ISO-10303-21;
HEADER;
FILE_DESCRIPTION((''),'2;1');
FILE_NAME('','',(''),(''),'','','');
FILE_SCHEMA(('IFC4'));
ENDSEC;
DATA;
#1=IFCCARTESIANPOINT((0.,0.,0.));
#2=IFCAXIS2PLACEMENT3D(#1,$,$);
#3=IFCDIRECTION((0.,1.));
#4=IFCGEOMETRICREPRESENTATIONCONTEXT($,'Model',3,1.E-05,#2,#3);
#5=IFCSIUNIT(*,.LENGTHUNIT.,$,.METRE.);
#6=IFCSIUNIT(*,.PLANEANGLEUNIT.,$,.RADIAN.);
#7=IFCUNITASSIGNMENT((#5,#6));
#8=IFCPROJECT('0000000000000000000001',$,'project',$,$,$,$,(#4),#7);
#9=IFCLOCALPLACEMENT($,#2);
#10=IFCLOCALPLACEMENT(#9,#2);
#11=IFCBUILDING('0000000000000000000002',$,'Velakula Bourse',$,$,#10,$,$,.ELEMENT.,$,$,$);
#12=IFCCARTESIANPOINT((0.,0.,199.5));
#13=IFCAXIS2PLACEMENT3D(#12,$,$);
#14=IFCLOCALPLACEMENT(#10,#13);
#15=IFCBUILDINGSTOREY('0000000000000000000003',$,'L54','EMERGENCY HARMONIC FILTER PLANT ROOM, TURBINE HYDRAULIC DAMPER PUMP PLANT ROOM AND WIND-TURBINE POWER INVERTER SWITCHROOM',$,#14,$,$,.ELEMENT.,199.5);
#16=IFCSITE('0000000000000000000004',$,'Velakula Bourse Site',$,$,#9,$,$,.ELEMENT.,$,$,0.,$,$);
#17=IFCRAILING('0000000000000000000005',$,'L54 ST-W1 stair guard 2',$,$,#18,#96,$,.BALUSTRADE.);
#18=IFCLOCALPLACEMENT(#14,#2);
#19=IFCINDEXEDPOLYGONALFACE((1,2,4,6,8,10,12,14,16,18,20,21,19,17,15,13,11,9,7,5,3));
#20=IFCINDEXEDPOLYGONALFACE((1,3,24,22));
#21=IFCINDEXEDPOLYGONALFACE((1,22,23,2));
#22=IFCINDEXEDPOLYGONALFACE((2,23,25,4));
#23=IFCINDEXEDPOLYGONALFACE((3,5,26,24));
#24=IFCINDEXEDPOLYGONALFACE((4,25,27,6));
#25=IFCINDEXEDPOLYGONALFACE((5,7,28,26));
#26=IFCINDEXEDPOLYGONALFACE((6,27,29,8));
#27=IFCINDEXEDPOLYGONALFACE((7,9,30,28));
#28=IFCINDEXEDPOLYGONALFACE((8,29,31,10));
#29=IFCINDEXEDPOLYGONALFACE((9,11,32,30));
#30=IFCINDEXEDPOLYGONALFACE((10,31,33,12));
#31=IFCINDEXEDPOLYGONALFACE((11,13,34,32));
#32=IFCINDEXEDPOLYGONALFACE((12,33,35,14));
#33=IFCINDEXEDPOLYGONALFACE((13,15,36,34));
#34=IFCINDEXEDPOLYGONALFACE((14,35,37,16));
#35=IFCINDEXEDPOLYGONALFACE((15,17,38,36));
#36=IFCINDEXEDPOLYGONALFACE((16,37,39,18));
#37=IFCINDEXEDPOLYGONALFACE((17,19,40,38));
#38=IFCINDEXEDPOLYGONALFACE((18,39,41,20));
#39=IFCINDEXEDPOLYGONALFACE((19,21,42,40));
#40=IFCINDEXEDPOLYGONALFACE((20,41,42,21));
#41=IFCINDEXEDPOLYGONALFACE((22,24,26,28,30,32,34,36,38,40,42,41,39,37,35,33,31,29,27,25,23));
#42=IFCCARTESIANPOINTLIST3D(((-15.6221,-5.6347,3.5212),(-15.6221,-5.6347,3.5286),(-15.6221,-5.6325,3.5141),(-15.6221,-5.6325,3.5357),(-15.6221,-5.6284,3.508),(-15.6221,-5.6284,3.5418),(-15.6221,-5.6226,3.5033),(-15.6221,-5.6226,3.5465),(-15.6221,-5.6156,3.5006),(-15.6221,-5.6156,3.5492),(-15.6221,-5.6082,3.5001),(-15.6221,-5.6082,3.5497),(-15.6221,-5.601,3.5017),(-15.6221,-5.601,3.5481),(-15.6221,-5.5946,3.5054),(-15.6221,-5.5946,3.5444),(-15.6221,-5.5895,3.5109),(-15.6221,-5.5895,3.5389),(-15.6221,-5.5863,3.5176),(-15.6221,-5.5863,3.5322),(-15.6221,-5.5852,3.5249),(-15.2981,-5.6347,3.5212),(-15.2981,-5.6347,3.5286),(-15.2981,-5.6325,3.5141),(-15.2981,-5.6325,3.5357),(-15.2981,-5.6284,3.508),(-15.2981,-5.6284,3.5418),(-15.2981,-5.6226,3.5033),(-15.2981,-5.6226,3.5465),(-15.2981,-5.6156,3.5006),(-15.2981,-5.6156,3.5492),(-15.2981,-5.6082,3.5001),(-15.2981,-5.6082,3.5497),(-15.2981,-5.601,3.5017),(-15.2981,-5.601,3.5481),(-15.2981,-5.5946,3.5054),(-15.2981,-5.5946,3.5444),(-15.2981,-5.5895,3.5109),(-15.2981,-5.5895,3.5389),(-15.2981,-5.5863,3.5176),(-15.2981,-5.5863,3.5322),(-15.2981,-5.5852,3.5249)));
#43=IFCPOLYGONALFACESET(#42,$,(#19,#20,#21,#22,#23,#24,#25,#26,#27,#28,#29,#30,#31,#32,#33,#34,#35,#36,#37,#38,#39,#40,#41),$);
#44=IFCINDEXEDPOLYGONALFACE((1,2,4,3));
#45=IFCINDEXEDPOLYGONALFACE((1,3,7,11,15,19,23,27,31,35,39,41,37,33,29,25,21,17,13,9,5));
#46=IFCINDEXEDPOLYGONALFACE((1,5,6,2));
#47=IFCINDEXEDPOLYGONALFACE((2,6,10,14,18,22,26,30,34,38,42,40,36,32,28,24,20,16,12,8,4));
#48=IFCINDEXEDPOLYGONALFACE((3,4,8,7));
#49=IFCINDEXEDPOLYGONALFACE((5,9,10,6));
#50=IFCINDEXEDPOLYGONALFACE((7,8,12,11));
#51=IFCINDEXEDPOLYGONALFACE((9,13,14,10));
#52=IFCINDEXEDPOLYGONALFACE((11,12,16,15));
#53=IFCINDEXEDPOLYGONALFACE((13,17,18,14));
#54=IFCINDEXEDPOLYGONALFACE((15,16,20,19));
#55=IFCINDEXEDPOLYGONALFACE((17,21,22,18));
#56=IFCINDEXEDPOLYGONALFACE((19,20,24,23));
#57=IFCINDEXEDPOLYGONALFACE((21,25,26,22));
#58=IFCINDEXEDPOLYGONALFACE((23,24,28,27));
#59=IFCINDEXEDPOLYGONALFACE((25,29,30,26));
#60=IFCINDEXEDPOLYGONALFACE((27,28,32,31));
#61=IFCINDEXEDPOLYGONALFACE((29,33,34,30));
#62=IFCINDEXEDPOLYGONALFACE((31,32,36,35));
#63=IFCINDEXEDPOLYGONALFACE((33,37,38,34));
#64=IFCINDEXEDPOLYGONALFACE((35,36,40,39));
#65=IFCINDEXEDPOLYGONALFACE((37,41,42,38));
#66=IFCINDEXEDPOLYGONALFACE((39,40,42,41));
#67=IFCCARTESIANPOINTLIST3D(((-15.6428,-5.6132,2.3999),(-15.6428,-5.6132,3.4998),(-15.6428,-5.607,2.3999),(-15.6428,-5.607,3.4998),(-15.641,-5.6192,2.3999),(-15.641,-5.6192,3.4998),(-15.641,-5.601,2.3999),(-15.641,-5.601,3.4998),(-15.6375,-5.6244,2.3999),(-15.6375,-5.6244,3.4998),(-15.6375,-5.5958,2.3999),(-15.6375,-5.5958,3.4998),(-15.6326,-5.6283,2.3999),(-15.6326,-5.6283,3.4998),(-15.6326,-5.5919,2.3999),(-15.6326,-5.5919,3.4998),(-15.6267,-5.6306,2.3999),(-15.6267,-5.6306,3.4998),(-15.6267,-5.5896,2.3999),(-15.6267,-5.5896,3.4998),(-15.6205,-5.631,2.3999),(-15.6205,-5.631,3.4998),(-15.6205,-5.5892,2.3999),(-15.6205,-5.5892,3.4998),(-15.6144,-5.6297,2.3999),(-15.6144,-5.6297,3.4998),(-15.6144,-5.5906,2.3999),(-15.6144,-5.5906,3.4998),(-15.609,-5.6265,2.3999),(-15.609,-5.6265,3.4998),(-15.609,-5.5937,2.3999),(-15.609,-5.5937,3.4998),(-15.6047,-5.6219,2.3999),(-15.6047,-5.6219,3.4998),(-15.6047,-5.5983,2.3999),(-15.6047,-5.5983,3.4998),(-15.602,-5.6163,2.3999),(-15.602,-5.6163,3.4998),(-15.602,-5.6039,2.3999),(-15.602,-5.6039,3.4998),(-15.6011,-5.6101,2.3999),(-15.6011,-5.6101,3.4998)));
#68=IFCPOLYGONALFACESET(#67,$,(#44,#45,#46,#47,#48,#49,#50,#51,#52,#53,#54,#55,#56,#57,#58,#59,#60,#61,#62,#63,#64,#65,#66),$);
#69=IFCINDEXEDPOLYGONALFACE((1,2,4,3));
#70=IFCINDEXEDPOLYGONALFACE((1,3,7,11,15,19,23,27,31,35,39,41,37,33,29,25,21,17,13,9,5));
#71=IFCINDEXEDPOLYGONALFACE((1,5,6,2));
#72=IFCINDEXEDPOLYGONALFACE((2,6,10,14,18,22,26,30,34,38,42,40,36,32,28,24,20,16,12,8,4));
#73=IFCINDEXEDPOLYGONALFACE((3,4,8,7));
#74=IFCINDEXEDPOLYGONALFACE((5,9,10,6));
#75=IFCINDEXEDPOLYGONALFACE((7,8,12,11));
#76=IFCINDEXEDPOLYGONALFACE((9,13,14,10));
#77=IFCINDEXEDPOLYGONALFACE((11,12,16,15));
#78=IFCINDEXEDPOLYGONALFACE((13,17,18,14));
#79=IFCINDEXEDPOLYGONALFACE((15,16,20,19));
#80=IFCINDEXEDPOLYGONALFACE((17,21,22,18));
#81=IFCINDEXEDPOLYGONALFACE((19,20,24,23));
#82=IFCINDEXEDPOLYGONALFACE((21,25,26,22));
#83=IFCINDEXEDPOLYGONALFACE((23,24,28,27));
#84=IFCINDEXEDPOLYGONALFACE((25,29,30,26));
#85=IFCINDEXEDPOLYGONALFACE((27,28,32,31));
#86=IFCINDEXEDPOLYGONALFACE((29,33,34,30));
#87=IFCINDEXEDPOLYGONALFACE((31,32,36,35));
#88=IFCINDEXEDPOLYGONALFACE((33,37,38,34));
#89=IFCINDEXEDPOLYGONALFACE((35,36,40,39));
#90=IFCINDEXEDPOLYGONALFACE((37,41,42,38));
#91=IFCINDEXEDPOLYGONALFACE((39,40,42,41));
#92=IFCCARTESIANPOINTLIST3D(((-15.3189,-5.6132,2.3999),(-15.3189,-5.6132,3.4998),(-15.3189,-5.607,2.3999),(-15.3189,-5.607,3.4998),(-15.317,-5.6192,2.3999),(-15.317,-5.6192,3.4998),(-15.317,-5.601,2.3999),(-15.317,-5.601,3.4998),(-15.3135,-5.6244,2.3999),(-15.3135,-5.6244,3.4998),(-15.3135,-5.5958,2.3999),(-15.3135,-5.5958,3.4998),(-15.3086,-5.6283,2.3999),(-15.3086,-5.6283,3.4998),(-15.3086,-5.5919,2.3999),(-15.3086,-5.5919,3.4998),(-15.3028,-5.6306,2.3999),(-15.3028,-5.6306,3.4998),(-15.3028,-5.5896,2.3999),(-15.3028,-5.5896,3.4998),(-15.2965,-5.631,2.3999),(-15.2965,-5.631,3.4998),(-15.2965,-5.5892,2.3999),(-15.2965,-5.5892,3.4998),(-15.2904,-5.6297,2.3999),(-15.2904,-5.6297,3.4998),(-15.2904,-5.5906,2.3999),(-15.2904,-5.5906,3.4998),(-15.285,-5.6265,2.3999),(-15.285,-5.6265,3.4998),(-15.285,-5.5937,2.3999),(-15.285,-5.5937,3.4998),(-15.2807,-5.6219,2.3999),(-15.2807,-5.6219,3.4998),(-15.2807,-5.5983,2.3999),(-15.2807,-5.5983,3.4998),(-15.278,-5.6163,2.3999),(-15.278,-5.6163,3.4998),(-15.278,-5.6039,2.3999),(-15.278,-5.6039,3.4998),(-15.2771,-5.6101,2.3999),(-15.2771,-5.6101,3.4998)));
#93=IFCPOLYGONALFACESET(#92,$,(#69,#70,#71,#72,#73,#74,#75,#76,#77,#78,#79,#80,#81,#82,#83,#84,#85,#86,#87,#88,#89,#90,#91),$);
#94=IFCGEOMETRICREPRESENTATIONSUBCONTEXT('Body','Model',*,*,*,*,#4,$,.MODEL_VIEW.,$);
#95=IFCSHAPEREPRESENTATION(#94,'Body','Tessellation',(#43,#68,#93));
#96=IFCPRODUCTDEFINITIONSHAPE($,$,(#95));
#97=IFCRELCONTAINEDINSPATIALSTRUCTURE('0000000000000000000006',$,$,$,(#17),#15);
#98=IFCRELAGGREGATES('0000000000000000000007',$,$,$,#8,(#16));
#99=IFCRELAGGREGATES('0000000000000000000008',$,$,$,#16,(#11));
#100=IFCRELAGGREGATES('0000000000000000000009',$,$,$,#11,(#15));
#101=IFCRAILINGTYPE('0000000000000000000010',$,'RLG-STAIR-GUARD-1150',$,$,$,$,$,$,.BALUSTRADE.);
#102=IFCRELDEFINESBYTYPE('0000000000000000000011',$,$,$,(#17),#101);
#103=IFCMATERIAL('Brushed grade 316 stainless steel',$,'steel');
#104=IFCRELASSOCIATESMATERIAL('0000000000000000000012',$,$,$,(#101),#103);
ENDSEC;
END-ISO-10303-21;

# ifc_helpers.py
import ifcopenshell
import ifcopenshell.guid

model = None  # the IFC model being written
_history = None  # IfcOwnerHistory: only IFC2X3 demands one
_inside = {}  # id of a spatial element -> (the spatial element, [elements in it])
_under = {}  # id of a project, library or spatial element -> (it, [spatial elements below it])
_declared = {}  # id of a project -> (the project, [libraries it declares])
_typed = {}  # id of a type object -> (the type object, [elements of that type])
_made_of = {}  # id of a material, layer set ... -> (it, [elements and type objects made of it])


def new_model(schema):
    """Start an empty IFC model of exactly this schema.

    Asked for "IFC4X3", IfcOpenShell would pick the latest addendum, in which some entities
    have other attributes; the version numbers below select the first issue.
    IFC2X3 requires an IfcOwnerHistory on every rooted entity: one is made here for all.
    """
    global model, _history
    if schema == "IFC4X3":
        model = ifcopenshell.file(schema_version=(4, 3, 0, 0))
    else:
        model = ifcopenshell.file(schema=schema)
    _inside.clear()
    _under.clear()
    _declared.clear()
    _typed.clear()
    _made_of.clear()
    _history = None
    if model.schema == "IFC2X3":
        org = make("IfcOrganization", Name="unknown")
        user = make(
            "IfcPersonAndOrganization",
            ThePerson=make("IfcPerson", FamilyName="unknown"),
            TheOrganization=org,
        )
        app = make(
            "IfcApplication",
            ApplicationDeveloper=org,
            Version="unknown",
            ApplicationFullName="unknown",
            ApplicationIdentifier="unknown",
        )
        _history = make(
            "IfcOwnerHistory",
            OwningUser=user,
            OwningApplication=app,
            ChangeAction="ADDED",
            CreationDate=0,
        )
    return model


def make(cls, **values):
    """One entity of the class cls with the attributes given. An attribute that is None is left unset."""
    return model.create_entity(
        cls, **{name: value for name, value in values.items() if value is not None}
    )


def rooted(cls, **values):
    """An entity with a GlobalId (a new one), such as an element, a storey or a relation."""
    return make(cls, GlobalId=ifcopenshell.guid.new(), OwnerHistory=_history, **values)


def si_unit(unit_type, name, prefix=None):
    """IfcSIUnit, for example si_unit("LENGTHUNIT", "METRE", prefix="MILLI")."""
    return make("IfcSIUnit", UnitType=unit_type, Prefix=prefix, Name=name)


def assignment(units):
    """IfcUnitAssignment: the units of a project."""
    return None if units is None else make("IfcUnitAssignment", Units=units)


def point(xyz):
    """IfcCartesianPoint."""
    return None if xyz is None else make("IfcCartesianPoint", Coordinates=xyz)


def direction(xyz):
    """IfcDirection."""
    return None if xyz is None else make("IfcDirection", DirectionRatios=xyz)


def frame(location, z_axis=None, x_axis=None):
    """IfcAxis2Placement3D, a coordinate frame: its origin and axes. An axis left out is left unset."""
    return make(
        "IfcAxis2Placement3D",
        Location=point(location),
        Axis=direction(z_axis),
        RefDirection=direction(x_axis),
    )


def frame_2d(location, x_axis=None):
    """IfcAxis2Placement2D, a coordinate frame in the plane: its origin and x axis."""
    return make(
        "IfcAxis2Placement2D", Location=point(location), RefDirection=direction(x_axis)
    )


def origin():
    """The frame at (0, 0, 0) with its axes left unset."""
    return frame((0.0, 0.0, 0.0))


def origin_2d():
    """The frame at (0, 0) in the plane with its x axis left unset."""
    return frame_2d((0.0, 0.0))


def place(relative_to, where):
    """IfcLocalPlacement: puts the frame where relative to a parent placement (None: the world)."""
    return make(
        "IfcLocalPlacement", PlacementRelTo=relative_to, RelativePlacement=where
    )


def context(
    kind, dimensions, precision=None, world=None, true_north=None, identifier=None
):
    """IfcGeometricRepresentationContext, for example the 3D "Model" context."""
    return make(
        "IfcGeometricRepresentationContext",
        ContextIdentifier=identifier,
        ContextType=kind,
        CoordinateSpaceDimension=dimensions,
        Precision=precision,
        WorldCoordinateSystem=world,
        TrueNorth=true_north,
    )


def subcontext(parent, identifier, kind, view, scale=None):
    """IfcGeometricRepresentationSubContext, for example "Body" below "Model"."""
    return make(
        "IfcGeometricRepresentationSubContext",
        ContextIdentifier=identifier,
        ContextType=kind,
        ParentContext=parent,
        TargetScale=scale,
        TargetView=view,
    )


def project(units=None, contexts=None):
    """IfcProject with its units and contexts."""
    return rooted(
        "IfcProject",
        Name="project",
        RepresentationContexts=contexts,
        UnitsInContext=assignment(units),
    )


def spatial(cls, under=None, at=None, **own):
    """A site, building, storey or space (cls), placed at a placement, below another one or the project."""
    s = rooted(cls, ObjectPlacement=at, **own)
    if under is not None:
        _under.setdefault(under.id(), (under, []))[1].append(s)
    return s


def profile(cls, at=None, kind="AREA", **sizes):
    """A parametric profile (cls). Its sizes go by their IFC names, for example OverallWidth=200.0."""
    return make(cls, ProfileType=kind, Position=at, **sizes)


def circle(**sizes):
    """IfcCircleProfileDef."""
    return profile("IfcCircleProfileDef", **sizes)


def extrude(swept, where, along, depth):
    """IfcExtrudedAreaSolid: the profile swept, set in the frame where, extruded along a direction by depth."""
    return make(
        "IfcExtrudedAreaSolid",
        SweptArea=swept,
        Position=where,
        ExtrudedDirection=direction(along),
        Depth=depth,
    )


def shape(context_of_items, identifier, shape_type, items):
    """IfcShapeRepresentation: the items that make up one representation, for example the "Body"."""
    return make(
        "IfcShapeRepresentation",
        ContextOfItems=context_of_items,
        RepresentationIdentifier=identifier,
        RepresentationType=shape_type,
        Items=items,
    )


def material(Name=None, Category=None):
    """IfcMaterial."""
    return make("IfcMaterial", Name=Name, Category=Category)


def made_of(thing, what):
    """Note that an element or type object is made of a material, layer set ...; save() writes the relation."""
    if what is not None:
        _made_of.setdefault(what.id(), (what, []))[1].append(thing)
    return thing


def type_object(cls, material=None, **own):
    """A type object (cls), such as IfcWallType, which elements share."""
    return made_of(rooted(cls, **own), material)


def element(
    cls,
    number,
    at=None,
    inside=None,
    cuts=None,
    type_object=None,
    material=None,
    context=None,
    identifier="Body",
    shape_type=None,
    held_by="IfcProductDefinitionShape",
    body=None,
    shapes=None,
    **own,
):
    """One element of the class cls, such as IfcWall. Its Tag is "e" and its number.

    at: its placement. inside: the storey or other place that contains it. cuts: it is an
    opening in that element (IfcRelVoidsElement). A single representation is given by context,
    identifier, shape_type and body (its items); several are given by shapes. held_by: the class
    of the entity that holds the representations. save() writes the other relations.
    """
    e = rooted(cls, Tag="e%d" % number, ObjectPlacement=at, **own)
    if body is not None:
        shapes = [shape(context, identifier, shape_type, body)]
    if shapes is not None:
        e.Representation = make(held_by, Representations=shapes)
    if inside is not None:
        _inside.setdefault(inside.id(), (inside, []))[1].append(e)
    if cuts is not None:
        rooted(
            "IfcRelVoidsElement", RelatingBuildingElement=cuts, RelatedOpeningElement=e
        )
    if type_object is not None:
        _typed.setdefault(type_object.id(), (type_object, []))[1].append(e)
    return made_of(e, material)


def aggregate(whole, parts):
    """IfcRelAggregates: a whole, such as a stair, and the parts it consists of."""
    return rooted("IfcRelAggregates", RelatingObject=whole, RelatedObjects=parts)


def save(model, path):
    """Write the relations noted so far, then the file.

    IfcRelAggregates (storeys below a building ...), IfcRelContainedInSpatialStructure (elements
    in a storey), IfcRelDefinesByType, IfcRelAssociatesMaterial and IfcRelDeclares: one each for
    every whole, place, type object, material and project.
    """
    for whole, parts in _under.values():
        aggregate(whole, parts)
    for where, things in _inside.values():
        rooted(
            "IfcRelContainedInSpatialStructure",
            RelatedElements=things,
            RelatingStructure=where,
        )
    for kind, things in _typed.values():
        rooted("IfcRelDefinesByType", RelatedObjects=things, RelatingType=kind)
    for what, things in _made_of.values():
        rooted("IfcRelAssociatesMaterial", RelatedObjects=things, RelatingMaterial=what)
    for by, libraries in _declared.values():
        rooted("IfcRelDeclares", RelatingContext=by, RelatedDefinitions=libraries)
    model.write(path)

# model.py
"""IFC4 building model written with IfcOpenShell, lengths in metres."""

from ifc_helpers import new_model, si_unit, direction, frame, origin, origin_2d, place, context, subcontext, project, spatial, circle, extrude, material, type_object, element, save


model = new_model("IFC4")

# Units and contexts
model_context = context("Model", 3, precision=1e-05, world=origin(), true_north=direction((0.0, 1.0)))
body_context = subcontext(model_context, "Body", "Model", "MODEL_VIEW")
ifc_project = project(units=[si_unit("LENGTHUNIT", "METRE"), si_unit("PLANEANGLEUNIT", "RADIAN")], contexts=[model_context])

# Site, building, storey
site_placement = place(None, origin())
site = spatial("IfcSite", under=ifc_project, at=site_placement, Name="Velakula Bourse Site", CompositionType="ELEMENT", RefElevation=0.0)
building_placement = place(site_placement, origin())
building = spatial("IfcBuilding", under=site, at=building_placement, Name="Velakula Bourse", CompositionType="ELEMENT")
storey_placement = place(building_placement, frame((0.0, 0.0, 199.5)))
storey = spatial("IfcBuildingStorey", under=building, at=storey_placement, Name="L54", Description="EMERGENCY HARMONIC FILTER PLANT ROOM, TURBINE HYDRAULIC DAMPER PUMP PLANT ROOM AND WIND-TURBINE POWER INVERTER SWITCHROOM", CompositionType="ELEMENT", Elevation=199.5)

# Shared definitions
ifc_material_1 = material(Name="Brushed grade 316 stainless steel", Category="steel")

# Railing
railing_type_1 = type_object("IfcRailingType", Name="RLG-STAIR-GUARD-1150", PredefinedType="BALUSTRADE", material=ifc_material_1)
railing_1_placement = place(storey_placement, frame((-15.6221, -5.6101, 2.3999)))
element("IfcRailing", 1, at=railing_1_placement, inside=storey, type_object=railing_type_1, Name="L54 ST-W1 stair guard 2", PredefinedType="BALUSTRADE", context=body_context, shape_type="SweptSolid", body=[
    extrude(circle(Radius=0.0249, at=origin_2d()), frame((0.0, 0.0, 1.125), z_axis=(1.0, 0.0, 0.0), x_axis=(0.0, 1.0, 0.0)), (0.0, 0.0, 1.0), 0.324),
    extrude(circle(Radius=0.021, at=origin_2d()), origin(), (0.0, 0.0, 1.0), 1.0999),
    extrude(circle(Radius=0.021, at=origin_2d()), frame((0.324, 0.0, 0.0)), (0.0, 0.0, 1.0), 1.0999),
])

save(model, "model.ifc")
